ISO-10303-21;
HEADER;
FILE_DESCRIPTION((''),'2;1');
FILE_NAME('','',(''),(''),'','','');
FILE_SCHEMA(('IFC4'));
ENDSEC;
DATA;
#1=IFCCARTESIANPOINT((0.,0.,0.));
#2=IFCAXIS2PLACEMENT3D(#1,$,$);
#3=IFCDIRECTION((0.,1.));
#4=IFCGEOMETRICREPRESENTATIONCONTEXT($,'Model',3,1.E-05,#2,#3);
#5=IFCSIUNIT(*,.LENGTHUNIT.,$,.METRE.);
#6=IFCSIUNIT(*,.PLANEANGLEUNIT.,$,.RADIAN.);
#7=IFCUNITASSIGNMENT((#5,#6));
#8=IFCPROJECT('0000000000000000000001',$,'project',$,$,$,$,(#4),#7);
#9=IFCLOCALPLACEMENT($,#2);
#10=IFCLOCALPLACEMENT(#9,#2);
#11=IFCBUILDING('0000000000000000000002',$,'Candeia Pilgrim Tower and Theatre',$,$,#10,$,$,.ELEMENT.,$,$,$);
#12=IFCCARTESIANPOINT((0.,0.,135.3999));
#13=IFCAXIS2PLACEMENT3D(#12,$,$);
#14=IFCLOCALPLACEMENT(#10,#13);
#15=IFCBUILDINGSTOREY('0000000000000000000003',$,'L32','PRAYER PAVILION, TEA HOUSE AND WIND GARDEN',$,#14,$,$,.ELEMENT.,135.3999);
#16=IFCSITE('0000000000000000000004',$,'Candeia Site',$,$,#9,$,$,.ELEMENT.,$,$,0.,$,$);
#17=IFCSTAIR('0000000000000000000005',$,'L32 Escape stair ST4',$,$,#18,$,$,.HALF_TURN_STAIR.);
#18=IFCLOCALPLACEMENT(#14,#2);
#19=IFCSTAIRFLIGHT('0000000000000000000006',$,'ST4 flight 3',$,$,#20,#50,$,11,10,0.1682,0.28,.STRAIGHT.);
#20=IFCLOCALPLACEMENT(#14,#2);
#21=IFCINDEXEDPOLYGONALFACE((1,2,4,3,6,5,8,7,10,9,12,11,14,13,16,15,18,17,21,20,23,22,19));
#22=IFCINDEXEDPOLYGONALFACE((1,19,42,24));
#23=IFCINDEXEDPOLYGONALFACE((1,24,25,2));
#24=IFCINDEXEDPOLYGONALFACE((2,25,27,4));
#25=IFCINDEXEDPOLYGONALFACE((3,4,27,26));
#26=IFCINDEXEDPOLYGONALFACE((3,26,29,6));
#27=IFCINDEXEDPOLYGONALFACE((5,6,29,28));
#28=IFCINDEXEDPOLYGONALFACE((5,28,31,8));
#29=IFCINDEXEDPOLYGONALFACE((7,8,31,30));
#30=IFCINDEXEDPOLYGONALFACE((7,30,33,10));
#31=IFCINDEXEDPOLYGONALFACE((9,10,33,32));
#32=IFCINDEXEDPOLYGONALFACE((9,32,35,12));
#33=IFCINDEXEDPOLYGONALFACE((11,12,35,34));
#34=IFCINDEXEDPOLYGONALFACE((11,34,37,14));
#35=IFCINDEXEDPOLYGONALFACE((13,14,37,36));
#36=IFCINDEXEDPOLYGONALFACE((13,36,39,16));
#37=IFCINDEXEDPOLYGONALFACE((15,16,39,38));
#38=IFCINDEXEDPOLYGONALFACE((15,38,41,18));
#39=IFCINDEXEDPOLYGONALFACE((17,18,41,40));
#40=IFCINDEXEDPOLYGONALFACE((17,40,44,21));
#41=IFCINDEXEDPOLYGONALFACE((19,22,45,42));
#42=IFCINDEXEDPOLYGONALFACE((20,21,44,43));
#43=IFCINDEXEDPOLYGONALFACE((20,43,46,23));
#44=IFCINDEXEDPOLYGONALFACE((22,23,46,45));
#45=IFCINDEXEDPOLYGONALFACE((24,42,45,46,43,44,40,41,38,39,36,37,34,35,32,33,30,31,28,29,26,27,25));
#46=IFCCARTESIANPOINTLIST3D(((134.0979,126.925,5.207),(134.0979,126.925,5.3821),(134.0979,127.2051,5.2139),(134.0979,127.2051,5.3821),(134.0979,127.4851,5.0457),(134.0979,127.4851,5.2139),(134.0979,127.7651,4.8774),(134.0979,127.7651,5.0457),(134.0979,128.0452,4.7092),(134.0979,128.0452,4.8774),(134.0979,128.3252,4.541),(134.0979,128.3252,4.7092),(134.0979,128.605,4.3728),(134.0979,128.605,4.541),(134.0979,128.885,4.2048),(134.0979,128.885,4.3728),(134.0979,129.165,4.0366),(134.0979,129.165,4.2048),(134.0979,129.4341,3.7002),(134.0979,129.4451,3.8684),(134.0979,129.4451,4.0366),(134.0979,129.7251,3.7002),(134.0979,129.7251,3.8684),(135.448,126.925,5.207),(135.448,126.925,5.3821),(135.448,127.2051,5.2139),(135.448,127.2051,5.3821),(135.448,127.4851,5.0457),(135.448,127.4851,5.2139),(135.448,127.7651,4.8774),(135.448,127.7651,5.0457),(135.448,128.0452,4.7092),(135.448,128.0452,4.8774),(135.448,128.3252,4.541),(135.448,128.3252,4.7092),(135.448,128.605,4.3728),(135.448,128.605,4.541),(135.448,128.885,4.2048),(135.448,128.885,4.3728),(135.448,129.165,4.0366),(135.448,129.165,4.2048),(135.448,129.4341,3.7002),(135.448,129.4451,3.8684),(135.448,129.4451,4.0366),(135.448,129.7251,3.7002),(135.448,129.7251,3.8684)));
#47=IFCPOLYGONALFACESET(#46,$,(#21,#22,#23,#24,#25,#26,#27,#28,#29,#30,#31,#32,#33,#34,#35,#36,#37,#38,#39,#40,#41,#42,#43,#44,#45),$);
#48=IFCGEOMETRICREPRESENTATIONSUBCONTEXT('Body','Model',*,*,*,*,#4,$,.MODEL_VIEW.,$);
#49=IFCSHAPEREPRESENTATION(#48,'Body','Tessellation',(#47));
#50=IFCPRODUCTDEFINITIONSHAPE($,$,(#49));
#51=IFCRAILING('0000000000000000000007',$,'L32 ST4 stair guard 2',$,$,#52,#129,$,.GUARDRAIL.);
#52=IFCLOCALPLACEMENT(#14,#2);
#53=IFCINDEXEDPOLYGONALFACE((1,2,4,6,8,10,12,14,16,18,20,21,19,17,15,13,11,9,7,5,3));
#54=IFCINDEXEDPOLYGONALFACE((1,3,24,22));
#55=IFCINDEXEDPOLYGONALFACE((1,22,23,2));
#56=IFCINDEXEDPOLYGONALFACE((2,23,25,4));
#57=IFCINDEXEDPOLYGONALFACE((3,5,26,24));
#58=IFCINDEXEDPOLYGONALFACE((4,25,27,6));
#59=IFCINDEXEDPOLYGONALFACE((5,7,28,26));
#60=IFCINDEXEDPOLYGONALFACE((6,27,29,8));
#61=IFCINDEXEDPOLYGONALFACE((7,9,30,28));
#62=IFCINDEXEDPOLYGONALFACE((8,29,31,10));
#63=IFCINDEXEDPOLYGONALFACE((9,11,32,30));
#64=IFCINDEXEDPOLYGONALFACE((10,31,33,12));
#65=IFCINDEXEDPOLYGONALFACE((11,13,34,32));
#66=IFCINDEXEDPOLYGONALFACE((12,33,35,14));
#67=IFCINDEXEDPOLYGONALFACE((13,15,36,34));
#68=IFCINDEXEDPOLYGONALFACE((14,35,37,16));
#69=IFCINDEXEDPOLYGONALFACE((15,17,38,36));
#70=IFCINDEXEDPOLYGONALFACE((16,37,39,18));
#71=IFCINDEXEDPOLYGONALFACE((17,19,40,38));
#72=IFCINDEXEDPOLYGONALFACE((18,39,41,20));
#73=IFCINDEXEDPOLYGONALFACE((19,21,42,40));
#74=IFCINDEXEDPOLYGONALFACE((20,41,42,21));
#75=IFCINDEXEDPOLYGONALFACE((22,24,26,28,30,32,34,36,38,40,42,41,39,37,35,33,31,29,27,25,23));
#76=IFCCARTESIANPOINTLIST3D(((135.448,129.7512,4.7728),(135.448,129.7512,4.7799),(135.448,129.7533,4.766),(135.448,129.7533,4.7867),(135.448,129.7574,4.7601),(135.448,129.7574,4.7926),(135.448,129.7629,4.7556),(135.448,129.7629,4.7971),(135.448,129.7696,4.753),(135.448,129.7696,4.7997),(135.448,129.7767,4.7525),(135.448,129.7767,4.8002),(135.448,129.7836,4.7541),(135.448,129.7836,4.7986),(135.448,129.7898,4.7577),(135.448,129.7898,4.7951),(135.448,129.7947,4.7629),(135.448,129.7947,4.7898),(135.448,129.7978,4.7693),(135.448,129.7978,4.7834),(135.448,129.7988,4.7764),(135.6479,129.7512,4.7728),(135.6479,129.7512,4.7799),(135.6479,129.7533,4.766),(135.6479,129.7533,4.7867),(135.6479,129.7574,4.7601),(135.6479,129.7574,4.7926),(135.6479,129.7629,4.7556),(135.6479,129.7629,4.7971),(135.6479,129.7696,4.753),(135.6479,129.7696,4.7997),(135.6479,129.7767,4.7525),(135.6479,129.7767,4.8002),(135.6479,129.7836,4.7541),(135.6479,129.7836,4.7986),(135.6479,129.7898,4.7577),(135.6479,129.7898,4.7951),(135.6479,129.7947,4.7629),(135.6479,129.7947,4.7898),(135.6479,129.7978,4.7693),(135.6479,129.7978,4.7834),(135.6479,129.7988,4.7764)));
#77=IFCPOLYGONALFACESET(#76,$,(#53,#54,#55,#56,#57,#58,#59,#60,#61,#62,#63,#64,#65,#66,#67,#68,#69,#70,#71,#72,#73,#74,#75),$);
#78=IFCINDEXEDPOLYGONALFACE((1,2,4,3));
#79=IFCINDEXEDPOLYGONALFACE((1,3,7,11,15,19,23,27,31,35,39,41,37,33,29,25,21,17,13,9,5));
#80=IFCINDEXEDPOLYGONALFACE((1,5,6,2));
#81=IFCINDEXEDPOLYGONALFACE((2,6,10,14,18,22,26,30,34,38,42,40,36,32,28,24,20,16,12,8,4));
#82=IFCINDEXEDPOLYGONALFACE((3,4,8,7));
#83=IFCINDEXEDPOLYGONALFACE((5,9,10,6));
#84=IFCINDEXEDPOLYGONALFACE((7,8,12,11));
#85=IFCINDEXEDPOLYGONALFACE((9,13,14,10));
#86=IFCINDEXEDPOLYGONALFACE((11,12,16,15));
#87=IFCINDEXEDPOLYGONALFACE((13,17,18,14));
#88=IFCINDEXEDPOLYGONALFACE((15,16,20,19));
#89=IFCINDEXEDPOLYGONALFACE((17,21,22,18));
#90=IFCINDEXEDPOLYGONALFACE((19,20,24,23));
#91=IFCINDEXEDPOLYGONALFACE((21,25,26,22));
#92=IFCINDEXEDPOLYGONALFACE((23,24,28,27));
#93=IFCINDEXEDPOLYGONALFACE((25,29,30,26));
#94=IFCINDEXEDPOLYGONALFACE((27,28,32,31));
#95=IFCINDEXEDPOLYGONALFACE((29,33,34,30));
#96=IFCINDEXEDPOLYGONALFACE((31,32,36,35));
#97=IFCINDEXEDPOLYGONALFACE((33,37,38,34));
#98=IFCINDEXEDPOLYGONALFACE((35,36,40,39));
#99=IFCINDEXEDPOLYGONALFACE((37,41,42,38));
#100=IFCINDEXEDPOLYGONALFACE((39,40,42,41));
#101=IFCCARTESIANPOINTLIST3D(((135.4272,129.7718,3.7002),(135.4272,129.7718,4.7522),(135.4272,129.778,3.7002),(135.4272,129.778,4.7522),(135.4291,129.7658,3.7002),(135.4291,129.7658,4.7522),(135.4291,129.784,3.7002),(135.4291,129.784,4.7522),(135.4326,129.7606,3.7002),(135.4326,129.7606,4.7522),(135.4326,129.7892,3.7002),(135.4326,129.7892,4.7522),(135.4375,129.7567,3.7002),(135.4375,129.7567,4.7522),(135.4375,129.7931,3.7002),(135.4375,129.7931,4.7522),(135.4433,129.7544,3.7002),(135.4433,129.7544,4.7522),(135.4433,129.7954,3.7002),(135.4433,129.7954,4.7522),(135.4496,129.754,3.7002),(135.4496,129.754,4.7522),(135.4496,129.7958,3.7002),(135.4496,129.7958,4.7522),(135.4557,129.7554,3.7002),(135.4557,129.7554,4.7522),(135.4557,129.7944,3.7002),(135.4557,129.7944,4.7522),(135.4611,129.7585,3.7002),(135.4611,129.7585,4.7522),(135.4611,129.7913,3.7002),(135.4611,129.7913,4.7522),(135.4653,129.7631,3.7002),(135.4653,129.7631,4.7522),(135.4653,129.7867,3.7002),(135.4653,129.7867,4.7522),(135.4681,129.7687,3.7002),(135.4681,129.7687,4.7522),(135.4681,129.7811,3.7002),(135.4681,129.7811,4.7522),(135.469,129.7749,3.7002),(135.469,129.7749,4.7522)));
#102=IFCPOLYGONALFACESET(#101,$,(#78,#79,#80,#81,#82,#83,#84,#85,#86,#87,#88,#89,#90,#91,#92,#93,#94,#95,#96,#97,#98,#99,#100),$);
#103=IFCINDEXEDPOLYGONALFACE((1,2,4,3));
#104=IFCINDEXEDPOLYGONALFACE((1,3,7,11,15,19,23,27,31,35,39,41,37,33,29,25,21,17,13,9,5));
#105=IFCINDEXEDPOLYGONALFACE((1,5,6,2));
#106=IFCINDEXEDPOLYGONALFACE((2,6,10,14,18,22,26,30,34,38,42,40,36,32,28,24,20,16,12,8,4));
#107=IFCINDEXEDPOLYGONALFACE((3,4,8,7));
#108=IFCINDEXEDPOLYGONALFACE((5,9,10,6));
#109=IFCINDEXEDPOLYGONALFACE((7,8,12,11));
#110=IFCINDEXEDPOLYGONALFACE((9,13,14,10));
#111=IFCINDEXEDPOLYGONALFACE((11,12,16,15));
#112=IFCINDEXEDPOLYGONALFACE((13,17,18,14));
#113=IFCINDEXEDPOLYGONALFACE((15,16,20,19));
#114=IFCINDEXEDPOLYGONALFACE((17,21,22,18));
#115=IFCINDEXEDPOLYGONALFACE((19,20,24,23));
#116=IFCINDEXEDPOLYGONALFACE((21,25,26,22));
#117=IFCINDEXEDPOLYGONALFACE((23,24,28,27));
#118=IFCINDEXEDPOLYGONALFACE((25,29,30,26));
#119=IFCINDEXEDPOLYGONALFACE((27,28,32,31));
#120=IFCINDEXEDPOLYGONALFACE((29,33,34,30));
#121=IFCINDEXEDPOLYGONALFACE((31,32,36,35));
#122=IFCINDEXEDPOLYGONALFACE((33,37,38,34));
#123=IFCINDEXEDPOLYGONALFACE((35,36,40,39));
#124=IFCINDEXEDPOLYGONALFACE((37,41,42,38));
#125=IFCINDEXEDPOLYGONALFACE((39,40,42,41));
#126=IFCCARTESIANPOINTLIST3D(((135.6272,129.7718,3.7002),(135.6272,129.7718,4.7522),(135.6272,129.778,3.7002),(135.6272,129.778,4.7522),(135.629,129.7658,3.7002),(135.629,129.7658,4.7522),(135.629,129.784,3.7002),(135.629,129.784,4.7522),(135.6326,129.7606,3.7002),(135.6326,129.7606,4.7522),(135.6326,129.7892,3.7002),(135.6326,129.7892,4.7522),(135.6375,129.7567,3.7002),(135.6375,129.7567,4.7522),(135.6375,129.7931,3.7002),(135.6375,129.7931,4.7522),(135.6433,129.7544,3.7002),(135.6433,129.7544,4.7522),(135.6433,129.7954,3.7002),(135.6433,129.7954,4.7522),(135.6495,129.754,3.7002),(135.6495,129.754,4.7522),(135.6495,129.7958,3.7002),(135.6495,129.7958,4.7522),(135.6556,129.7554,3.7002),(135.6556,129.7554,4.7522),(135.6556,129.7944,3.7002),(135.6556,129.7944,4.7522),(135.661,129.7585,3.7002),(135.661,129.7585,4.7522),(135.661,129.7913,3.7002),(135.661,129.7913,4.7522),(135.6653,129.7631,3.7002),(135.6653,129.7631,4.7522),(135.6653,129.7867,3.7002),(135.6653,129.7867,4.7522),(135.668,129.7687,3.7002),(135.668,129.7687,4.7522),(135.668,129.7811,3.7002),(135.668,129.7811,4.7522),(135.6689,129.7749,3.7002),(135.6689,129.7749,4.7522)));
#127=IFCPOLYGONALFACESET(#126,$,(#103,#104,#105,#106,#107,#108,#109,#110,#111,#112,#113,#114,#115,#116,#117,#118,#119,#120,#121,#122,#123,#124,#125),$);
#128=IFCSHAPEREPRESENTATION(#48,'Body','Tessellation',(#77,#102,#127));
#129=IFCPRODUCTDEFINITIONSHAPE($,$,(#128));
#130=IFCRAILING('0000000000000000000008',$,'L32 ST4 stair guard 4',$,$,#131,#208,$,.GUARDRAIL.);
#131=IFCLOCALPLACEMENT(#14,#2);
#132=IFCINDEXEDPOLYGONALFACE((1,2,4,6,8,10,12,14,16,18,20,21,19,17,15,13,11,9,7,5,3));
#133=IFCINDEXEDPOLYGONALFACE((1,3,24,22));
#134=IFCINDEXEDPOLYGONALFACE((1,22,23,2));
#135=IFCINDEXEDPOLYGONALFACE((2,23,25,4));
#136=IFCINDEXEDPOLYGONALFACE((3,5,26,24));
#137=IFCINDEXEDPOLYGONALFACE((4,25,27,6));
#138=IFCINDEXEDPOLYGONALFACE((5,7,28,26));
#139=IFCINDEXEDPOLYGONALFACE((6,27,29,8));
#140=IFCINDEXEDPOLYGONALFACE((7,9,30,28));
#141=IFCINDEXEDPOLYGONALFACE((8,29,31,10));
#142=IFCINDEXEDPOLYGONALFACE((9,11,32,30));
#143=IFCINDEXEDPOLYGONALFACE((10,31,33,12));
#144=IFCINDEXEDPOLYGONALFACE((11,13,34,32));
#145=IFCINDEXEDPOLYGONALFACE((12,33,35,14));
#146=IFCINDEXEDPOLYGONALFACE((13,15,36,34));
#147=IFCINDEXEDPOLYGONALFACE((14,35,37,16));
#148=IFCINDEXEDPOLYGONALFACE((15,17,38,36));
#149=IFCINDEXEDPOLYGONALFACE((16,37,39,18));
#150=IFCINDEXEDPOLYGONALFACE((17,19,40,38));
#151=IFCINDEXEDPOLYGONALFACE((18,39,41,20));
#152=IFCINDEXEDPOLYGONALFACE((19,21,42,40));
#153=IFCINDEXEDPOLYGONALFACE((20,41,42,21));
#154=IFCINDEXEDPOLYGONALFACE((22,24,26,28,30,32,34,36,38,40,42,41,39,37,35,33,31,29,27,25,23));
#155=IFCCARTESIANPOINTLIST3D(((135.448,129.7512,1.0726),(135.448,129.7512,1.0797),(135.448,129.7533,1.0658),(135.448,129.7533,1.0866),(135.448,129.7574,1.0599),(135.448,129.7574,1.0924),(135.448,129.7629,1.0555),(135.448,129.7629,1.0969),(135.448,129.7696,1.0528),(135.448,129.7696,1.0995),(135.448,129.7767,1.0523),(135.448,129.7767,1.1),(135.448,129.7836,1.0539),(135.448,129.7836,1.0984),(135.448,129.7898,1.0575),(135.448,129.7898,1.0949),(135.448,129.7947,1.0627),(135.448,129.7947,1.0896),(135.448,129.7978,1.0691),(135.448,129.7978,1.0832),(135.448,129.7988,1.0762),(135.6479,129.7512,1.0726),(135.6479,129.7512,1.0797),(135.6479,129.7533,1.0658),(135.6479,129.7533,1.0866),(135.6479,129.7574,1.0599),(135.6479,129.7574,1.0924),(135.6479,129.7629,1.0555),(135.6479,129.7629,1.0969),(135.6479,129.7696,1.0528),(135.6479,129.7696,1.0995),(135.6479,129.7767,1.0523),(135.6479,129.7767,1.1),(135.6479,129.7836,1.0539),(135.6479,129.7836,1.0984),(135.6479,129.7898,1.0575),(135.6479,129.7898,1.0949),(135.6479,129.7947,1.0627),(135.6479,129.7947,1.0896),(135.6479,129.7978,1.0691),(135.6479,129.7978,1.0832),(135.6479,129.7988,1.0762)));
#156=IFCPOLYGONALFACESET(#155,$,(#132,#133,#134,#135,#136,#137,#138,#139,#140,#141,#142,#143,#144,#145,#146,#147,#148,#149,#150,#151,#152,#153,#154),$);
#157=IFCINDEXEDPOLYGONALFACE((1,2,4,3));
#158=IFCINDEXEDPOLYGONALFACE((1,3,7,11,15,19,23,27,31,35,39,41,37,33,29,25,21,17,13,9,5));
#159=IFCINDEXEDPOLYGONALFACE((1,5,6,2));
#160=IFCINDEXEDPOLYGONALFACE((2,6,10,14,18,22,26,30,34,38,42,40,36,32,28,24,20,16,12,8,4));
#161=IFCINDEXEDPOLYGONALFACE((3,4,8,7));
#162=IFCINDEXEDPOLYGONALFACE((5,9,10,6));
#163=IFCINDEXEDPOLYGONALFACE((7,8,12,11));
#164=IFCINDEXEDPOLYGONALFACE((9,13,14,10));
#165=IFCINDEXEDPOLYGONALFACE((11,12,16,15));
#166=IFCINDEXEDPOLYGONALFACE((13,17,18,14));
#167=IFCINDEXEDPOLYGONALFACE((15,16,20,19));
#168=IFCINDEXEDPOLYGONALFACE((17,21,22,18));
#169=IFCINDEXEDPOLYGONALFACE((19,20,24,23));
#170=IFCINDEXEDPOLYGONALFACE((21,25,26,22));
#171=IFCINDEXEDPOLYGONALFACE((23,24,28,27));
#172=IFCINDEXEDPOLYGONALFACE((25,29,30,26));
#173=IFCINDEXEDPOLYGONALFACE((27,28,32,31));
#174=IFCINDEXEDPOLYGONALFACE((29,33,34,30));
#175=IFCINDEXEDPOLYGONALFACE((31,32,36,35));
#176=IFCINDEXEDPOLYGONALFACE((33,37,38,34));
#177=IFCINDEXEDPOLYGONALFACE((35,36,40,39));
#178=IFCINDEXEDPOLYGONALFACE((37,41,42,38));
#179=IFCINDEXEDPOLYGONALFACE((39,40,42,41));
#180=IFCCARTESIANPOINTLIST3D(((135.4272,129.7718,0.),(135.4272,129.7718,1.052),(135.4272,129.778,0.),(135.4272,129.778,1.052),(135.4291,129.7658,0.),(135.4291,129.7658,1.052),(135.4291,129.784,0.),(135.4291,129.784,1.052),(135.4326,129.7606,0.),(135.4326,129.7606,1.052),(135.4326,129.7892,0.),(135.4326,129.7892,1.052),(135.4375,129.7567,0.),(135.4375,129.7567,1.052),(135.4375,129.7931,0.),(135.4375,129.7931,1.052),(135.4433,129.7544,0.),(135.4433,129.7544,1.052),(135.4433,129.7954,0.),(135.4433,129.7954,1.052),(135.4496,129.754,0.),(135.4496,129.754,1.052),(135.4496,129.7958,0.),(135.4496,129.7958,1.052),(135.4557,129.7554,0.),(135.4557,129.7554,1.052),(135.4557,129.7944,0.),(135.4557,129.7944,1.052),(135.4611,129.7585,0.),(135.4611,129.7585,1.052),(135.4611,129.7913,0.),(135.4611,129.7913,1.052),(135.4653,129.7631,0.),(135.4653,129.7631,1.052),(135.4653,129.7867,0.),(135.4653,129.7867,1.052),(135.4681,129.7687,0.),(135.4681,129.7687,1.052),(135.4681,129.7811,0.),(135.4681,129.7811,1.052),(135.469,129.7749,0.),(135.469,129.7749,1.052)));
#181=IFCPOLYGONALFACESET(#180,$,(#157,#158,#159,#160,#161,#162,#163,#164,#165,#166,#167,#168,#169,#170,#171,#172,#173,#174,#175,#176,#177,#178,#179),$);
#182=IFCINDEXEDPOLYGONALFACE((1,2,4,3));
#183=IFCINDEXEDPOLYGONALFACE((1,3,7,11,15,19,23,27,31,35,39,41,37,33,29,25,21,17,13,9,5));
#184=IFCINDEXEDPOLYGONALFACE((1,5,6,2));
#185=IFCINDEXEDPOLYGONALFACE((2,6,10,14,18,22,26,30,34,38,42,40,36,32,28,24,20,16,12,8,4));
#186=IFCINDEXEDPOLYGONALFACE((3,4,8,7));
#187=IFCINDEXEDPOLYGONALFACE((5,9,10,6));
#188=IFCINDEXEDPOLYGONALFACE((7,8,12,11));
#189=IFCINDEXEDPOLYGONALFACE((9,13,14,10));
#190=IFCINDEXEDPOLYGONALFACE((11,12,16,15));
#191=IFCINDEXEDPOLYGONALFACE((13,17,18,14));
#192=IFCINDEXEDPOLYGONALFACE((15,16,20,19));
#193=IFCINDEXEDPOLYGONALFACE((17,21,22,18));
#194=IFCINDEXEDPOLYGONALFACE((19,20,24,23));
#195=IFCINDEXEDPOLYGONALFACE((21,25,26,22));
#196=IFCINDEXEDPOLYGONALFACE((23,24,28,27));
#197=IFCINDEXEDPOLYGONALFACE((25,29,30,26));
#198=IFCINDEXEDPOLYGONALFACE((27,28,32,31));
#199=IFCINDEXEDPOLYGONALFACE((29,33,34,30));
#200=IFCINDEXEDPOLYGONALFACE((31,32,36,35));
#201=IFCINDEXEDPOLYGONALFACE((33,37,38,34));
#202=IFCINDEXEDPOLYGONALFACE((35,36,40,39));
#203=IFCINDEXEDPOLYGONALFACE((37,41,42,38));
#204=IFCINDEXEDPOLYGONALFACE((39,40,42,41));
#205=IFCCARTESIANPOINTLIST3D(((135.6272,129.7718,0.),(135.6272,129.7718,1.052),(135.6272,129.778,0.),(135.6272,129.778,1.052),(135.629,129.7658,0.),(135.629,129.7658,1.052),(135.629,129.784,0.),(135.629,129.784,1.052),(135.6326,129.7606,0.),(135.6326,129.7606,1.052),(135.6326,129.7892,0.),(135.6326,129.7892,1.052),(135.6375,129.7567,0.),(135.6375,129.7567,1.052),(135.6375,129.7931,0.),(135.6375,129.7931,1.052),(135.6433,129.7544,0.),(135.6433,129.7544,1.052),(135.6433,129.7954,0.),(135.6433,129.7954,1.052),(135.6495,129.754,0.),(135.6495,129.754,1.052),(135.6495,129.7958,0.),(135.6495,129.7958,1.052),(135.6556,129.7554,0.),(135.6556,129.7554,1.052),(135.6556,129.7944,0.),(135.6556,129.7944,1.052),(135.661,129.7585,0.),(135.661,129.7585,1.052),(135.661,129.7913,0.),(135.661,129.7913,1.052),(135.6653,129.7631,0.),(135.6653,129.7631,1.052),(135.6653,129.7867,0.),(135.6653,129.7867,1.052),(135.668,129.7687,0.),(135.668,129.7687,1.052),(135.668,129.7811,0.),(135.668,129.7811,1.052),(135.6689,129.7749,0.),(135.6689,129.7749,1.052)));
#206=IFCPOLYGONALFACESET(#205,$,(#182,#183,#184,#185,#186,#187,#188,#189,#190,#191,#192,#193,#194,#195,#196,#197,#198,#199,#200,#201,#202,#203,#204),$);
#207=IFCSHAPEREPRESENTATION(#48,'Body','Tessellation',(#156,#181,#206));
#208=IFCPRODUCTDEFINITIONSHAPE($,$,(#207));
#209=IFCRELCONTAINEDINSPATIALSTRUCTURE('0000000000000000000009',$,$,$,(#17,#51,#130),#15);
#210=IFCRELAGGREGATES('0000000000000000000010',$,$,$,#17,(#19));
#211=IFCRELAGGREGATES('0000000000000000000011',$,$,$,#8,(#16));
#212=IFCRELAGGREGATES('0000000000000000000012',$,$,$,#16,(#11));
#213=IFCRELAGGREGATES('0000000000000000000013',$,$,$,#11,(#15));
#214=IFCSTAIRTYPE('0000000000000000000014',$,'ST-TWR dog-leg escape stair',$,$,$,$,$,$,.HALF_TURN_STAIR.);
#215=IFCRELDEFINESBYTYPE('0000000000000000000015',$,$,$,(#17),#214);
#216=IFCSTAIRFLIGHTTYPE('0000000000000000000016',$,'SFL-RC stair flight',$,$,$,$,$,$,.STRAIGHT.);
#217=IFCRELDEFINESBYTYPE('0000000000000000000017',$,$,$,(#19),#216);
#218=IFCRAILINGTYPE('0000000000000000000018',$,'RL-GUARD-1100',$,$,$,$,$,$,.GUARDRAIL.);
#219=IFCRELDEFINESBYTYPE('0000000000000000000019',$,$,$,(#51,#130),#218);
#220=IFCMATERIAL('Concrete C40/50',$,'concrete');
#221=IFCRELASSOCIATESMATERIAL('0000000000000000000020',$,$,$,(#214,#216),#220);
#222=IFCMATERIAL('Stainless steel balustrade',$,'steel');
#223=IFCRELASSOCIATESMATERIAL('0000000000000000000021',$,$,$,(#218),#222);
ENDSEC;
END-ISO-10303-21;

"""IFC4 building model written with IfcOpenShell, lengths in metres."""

from ifc_helpers import new_model, si_unit, direction, frame, origin, origin_2d, place, context, subcontext, project, spatial, polyline, circle, outline, extrude, material, type_object, element, aggregate, save


model = new_model("IFC4")

# Units and contexts
model_context = context("Model", 3, precision=1e-05, world=origin(), true_north=direction((0.0, 1.0)))
body_context = subcontext(model_context, "Body", "Model", "MODEL_VIEW")
ifc_project = project(units=[si_unit("LENGTHUNIT", "METRE"), si_unit("PLANEANGLEUNIT", "RADIAN")], contexts=[model_context])

# Site, building, storey
site_placement = place(None, origin())
site = spatial("IfcSite", under=ifc_project, at=site_placement, Name="Candeia Site", CompositionType="ELEMENT", RefElevation=0.0)
building_placement = place(site_placement, origin())
building = spatial("IfcBuilding", under=site, at=building_placement, Name="Candeia Pilgrim Tower and Theatre", CompositionType="ELEMENT")
storey_placement = place(building_placement, frame((0.0, 0.0, 135.3999)))
storey = spatial("IfcBuildingStorey", under=building, at=storey_placement, Name="L32", Description="PRAYER PAVILION, TEA HOUSE AND WIND GARDEN", CompositionType="ELEMENT", Elevation=135.3999)

# Shared definitions
ifc_material_1 = material(Name="Concrete C40/50", Category="concrete")

# Stair, stair flight
stair_type = type_object("IfcStairType", Name="ST-TWR dog-leg escape stair", PredefinedType="HALF_TURN_STAIR", material=ifc_material_1)
stair_placement = place(storey_placement, origin())
stair = element("IfcStair", 1, at=stair_placement, inside=storey, type_object=stair_type, Name="L32 Escape stair ST4", PredefinedType="HALF_TURN_STAIR")
stair_flight_type = type_object("IfcStairFlightType", Name="SFL-RC stair flight", PredefinedType="STRAIGHT", material=ifc_material_1)
stair_flight_placement = place(storey_placement, frame((134.7729, 129.7251, 3.7002), z_axis=(0.0, 0.0, 1.0), x_axis=(0.0, -1.0, 0.0)))
stair_flight = element("IfcStairFlight", 2, at=stair_flight_placement, type_object=stair_flight_type, Name="ST4 flight 3", NumberOfRisers=11, NumberOfTreads=10, PredefinedType="STRAIGHT", RiserHeight=0.1682, TreadLength=0.28, context=body_context, shape_type="SweptSolid", body=[
    extrude(outline(polyline([(0.0, 0.0), (0.0, 0.1682), (0.28, 0.1682), (0.28, 0.3364), (0.5601, 0.3364), (0.5601, 0.5046), (0.8401, 0.5046), (0.8401, 0.6726), (1.1201, 0.6726), (1.1201, 0.8408), (1.3999, 0.8408), (1.3999, 1.009), (1.6799, 1.009), (1.6799, 1.1772), (1.96, 1.1772), (1.96, 1.3455), (2.24, 1.3455), (2.24, 1.5137), (2.52, 1.5137), (2.52, 1.6819), (2.8, 1.6819), (2.8, 1.8501), (2.8, 1.5068), (0.291, 0.0), (0.0, 0.0)])), frame((0.0, 0.675, 0.0), z_axis=(0.0, -1.0, 0.0), x_axis=(1.0, 0.0, 0.0)), (0.0, 0.0, 1.0), 1.3501),
])
aggregate(stair, [stair_flight])

# Railings
ifc_material_2 = material(Name="Stainless steel balustrade", Category="steel")
railing_type_1 = type_object("IfcRailingType", Name="RL-GUARD-1100", PredefinedType="GUARDRAIL", material=ifc_material_2)
railing_1_placement = place(storey_placement, frame((135.448, 129.7749, 3.7002)))
element("IfcRailing", 3, at=railing_1_placement, inside=storey, type_object=railing_type_1, Name="L32 ST4 stair guard 2", PredefinedType="GUARDRAIL", context=body_context, shape_type="SweptSolid", body=[
    extrude(circle(Radius=0.0239, at=origin_2d()), frame((0.0, 0.0, 1.0762), z_axis=(1.0, 0.0, 0.0), x_axis=(0.0, 1.0, 0.0)), (0.0, 0.0, 1.0), 0.2),
    extrude(circle(Radius=0.021, at=origin_2d()), origin(), (0.0, 0.0, 1.0), 1.052),
    extrude(circle(Radius=0.021, at=origin_2d()), frame((0.2, 0.0, 0.0)), (0.0, 0.0, 1.0), 1.052),
])
railing_2_placement = place(storey_placement, frame((135.448, 129.7749, 0.0)))
element("IfcRailing", 4, at=railing_2_placement, inside=storey, type_object=railing_type_1, Name="L32 ST4 stair guard 4", PredefinedType="GUARDRAIL", context=body_context, shape_type="SweptSolid", body=[
    extrude(circle(Radius=0.0239, at=origin_2d()), frame((0.0, 0.0, 1.0762), z_axis=(1.0, 0.0, 0.0), x_axis=(0.0, 1.0, 0.0)), (0.0, 0.0, 1.0), 0.2),
    extrude(circle(Radius=0.021, at=origin_2d()), origin(), (0.0, 0.0, 1.0), 1.052),
    extrude(circle(Radius=0.021, at=origin_2d()), frame((0.2, 0.0, 0.0)), (0.0, 0.0, 1.0), 1.052),
])

save(model, "model.ifc")
